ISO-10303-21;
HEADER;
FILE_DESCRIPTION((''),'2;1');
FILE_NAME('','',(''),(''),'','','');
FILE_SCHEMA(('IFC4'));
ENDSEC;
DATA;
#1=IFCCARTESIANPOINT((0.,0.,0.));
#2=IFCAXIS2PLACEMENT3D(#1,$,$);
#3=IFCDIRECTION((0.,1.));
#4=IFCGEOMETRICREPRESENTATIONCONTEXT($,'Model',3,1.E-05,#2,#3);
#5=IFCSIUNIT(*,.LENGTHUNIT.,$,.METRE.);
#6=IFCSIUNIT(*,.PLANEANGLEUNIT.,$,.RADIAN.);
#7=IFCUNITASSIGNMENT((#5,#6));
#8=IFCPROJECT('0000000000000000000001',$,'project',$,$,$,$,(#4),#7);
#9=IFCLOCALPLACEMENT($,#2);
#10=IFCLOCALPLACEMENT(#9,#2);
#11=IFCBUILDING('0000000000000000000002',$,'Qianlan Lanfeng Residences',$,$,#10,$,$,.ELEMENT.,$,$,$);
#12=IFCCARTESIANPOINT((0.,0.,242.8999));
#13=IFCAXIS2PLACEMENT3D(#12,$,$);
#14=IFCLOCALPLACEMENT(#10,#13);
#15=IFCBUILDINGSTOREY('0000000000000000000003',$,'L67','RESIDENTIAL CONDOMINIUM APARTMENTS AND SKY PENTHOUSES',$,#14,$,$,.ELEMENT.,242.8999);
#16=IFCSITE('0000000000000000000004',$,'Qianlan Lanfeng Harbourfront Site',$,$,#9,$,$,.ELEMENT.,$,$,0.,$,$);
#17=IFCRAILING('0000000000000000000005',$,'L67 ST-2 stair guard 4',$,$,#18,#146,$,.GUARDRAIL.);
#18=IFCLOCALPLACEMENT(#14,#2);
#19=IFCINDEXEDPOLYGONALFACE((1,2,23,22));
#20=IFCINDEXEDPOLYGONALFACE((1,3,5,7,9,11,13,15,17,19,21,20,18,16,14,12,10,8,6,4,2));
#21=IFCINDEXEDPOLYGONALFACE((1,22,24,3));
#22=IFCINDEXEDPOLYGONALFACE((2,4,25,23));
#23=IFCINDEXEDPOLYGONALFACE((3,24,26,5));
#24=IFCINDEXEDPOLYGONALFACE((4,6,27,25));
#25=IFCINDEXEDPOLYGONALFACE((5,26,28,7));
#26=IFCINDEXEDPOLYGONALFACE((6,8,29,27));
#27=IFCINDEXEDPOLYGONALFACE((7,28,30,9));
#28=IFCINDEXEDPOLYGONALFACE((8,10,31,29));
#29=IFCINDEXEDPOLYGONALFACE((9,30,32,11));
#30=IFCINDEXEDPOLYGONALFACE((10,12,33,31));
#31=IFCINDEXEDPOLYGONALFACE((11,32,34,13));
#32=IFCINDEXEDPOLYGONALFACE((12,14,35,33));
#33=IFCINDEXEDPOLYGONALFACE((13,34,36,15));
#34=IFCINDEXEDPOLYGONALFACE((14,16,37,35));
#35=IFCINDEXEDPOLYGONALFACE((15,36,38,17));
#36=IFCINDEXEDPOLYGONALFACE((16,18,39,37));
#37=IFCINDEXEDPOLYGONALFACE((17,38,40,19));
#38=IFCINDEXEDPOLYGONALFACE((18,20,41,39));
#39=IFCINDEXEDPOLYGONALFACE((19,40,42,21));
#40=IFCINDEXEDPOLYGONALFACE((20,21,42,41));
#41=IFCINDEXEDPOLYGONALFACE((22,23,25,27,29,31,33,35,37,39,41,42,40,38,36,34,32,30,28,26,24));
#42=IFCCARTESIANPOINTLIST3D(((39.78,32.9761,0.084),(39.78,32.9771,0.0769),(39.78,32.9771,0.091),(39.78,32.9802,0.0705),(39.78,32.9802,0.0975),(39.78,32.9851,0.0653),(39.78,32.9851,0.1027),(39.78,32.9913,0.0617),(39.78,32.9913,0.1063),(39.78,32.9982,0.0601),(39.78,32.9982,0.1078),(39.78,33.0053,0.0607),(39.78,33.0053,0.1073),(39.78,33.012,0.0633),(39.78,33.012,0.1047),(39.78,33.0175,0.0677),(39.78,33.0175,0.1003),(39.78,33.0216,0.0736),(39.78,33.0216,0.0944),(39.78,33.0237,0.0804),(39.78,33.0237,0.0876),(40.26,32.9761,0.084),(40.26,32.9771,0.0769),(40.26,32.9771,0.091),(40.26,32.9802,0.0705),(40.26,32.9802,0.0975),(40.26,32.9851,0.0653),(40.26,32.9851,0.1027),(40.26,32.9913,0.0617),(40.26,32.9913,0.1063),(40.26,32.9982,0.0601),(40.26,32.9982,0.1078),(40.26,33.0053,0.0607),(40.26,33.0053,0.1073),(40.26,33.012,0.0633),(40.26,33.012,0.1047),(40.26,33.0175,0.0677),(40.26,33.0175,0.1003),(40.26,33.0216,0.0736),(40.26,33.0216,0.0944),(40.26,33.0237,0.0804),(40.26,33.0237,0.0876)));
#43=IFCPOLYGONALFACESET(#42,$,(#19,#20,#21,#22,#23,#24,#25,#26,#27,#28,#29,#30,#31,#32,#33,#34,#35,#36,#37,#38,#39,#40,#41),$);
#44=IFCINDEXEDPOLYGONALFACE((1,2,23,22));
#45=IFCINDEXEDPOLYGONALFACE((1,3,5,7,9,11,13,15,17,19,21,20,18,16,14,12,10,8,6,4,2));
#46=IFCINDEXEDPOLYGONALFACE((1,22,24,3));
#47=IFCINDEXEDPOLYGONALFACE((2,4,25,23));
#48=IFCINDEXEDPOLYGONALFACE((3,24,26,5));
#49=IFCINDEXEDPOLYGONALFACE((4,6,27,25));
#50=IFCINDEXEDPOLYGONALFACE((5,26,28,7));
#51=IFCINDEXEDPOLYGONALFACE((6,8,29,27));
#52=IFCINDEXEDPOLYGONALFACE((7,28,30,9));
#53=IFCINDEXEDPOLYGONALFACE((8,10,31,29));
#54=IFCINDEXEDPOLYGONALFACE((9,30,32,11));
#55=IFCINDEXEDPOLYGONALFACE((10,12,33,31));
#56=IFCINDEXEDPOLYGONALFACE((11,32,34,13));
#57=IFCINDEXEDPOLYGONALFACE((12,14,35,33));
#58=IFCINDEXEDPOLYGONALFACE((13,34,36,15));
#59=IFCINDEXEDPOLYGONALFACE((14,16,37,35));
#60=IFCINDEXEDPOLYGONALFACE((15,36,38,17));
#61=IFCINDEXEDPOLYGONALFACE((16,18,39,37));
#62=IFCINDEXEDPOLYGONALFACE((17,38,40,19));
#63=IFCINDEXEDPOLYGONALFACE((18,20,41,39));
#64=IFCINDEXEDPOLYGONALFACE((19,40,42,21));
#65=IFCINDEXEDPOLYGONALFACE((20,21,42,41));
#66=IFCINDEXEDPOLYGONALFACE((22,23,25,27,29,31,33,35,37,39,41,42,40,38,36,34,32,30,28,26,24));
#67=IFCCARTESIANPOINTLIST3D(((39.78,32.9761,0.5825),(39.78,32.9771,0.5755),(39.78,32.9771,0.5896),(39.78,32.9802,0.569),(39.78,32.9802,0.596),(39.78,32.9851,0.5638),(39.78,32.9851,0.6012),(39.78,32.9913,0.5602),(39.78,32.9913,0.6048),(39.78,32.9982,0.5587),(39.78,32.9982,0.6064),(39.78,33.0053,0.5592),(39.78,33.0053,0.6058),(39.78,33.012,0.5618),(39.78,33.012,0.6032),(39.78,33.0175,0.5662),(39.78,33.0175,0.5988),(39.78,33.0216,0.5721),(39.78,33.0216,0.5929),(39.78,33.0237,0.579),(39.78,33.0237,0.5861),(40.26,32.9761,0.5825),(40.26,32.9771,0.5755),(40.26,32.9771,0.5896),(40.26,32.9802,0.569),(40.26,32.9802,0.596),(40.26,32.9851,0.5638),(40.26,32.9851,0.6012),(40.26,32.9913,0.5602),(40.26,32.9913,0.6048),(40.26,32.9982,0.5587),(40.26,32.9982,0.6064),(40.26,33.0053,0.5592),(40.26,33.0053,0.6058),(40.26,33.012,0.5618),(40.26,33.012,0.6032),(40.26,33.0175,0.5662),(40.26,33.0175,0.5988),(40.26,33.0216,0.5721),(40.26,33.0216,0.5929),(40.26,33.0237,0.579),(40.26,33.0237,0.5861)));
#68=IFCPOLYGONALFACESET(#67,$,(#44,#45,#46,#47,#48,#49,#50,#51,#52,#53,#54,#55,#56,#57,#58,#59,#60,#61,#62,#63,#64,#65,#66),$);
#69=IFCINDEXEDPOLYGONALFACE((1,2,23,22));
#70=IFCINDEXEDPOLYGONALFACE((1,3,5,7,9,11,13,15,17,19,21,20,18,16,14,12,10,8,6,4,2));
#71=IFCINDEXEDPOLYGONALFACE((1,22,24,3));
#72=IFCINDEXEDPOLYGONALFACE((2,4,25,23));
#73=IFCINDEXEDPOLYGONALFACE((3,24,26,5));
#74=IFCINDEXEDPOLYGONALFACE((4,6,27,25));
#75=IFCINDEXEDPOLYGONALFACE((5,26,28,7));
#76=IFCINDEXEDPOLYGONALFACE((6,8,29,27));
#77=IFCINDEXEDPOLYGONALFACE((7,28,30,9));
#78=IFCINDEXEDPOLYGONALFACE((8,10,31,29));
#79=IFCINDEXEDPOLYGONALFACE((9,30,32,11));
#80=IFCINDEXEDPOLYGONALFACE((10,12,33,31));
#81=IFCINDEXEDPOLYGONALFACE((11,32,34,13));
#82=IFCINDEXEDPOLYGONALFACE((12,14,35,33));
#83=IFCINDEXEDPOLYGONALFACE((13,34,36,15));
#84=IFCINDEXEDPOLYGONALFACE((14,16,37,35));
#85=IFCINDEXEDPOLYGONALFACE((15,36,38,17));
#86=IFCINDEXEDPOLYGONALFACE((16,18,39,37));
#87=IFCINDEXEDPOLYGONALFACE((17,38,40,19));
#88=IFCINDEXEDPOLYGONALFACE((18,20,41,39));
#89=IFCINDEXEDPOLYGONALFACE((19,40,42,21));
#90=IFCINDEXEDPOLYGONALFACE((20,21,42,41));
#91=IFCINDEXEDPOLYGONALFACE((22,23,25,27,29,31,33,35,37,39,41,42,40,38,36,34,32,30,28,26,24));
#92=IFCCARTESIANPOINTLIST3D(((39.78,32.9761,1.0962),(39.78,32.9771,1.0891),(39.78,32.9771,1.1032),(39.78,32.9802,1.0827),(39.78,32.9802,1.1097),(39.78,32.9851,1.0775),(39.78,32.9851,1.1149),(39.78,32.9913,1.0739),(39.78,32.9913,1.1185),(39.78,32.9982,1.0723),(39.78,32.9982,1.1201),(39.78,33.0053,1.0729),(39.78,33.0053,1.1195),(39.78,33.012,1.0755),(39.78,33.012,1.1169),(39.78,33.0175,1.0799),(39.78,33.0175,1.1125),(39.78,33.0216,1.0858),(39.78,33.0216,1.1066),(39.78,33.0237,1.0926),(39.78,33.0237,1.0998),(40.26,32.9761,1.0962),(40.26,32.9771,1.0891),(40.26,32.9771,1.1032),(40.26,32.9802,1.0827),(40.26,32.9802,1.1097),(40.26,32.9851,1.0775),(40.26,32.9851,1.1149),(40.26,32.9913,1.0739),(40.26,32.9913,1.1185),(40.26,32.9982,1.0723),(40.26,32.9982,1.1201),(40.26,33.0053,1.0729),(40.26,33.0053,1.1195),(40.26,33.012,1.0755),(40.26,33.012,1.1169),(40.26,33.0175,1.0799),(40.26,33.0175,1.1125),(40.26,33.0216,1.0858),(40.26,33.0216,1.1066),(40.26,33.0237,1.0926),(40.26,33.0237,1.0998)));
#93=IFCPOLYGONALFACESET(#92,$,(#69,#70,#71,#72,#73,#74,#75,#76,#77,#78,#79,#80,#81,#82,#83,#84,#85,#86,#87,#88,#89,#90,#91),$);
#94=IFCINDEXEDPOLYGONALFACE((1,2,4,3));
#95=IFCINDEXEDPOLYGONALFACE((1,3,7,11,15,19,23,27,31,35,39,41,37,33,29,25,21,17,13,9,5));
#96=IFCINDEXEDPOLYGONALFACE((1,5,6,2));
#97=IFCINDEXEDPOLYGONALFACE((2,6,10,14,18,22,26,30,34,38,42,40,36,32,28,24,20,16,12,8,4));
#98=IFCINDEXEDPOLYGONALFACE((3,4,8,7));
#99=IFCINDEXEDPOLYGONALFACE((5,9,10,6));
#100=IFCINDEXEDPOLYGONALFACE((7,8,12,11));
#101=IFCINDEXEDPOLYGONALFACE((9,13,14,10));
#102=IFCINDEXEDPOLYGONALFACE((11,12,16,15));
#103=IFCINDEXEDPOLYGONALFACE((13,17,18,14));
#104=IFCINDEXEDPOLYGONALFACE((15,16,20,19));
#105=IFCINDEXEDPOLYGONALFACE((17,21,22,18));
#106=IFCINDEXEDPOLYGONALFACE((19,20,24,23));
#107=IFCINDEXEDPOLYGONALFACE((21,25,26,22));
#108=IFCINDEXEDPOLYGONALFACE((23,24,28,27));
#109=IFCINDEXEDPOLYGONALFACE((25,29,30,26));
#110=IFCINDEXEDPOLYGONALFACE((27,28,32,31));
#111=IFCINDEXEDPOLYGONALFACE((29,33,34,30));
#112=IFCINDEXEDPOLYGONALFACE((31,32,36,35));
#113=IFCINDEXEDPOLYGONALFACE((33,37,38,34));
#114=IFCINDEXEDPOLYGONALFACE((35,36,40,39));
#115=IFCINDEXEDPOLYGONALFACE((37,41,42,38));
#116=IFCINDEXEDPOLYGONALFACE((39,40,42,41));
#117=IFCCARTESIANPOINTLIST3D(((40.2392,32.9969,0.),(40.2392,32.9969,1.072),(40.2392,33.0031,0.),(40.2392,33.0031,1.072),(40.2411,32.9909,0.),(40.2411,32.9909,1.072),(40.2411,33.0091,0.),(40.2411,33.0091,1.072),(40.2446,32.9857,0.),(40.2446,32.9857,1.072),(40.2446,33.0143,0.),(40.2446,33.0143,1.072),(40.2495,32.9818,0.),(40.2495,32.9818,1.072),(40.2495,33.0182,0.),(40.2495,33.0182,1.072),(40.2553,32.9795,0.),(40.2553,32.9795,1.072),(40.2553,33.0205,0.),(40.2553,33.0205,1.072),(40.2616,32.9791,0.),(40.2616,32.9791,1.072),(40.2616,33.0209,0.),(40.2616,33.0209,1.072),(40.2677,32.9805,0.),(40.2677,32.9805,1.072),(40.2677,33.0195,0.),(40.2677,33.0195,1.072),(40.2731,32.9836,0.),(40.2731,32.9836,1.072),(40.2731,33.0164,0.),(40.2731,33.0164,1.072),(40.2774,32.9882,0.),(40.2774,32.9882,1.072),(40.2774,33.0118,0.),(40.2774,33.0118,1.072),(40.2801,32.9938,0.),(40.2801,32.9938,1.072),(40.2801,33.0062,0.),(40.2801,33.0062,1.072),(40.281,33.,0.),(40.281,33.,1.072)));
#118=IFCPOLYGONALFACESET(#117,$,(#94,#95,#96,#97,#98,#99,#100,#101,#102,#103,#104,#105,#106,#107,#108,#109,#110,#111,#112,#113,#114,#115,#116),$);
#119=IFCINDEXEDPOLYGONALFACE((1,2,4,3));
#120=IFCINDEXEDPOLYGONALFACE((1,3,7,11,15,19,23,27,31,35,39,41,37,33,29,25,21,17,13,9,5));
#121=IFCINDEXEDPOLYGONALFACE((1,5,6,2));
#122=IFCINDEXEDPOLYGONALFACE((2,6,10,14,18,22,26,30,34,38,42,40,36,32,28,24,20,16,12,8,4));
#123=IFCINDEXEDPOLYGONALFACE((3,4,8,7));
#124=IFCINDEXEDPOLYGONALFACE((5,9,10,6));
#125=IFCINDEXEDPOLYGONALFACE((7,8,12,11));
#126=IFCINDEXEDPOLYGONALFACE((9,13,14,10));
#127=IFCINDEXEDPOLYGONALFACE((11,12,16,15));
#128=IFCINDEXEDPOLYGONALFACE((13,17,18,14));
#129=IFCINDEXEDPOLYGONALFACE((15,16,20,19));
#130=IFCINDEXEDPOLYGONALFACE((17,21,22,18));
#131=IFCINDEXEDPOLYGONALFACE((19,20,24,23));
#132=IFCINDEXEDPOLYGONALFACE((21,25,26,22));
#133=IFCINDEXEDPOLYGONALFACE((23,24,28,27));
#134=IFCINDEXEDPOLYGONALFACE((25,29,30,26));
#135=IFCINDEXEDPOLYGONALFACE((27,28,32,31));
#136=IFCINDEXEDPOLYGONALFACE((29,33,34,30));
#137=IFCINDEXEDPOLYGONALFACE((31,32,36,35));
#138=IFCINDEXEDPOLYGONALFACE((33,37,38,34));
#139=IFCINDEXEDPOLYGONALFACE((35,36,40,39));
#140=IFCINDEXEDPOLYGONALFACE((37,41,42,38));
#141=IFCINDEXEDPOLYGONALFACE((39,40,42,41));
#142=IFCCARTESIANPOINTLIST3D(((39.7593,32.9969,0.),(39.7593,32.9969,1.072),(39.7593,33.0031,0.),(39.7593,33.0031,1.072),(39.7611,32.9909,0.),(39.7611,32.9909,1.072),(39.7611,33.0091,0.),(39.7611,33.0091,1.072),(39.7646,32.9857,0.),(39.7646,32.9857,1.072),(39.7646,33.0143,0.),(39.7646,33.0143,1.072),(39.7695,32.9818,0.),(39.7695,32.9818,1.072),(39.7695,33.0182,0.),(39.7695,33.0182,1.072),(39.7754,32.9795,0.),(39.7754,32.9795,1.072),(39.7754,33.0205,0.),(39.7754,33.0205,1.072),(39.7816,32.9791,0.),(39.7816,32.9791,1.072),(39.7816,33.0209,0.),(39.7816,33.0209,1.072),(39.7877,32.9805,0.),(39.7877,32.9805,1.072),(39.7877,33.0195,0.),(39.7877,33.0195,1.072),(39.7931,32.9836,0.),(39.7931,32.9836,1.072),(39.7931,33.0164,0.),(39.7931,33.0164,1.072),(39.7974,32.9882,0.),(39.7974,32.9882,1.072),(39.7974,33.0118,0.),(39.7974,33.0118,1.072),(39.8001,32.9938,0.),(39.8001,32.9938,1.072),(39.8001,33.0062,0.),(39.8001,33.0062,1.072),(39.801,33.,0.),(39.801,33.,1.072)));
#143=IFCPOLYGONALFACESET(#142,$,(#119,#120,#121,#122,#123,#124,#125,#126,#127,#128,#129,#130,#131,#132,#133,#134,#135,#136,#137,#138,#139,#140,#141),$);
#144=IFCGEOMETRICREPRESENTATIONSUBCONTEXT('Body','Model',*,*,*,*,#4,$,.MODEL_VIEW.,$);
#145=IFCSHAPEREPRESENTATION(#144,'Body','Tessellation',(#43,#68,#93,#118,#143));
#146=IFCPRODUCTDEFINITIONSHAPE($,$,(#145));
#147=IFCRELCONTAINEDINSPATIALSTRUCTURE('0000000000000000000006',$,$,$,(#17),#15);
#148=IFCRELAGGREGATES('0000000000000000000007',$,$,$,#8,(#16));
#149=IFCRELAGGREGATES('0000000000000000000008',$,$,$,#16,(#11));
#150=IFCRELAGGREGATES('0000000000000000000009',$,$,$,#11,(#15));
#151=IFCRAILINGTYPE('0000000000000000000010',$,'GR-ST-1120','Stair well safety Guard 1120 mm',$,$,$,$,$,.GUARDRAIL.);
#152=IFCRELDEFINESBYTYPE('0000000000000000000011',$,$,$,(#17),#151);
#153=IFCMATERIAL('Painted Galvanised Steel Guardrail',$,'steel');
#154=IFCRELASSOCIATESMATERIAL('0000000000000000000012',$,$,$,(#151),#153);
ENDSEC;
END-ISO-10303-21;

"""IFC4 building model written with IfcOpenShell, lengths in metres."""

from ifc_helpers import new_model, si_unit, direction, frame, origin, origin_2d, place, context, subcontext, project, spatial, circle, extrude, material, type_object, element, save


model = new_model("IFC4")

# Units and contexts
model_context = context("Model", 3, precision=1e-05, world=origin(), true_north=direction((0.0, 1.0)))
body_context = subcontext(model_context, "Body", "Model", "MODEL_VIEW")
ifc_project = project(units=[si_unit("LENGTHUNIT", "METRE"), si_unit("PLANEANGLEUNIT", "RADIAN")], contexts=[model_context])

# Site, building, storey
site_placement = place(None, origin())
site = spatial("IfcSite", under=ifc_project, at=site_placement, Name="Qianlan Lanfeng Harbourfront Site", CompositionType="ELEMENT", RefElevation=0.0)
building_placement = place(site_placement, origin())
building = spatial("IfcBuilding", under=site, at=building_placement, Name="Qianlan Lanfeng Residences", CompositionType="ELEMENT")
storey_placement = place(building_placement, frame((0.0, 0.0, 242.8999)))
storey = spatial("IfcBuildingStorey", under=building, at=storey_placement, Name="L67", Description="RESIDENTIAL CONDOMINIUM APARTMENTS AND SKY PENTHOUSES", CompositionType="ELEMENT", Elevation=242.8999)

# Railing
ifc_material_1 = material(Name="Painted Galvanised Steel Guardrail", Category="steel")
railing_type_1 = type_object("IfcRailingType", Name="GR-ST-1120", Description="Stair well safety Guard 1120 mm", PredefinedType="GUARDRAIL", material=ifc_material_1)
railing_1_placement = place(storey_placement, frame((40.26, 33.0, 0.0)))
element("IfcRailing", 1, at=railing_1_placement, inside=storey, type_object=railing_type_1, Name="L67 ST-2 stair guard 4", PredefinedType="GUARDRAIL", context=body_context, shape_type="SweptSolid", body=[
    extrude(circle(Radius=0.0239, at=origin_2d()), frame((0.0, 0.0, 0.084), z_axis=(-1.0, 0.0, 0.0), x_axis=(0.0, -1.0, 0.0)), (0.0, 0.0, 1.0), 0.48),
    extrude(circle(Radius=0.0239, at=origin_2d()), frame((0.0, 0.0, 0.5825), z_axis=(-1.0, 0.0, 0.0), x_axis=(0.0, -1.0, 0.0)), (0.0, 0.0, 1.0), 0.48),
    extrude(circle(Radius=0.0239, at=origin_2d()), frame((0.0, 0.0, 1.0962), z_axis=(-1.0, 0.0, 0.0), x_axis=(0.0, -1.0, 0.0)), (0.0, 0.0, 1.0), 0.48),
    extrude(circle(Radius=0.021, at=origin_2d()), origin(), (0.0, 0.0, 1.0), 1.072),
    extrude(circle(Radius=0.021, at=origin_2d()), frame((-0.48, 0.0, 0.0)), (0.0, 0.0, 1.0), 1.072),
])

save(model, "model.ifc")
